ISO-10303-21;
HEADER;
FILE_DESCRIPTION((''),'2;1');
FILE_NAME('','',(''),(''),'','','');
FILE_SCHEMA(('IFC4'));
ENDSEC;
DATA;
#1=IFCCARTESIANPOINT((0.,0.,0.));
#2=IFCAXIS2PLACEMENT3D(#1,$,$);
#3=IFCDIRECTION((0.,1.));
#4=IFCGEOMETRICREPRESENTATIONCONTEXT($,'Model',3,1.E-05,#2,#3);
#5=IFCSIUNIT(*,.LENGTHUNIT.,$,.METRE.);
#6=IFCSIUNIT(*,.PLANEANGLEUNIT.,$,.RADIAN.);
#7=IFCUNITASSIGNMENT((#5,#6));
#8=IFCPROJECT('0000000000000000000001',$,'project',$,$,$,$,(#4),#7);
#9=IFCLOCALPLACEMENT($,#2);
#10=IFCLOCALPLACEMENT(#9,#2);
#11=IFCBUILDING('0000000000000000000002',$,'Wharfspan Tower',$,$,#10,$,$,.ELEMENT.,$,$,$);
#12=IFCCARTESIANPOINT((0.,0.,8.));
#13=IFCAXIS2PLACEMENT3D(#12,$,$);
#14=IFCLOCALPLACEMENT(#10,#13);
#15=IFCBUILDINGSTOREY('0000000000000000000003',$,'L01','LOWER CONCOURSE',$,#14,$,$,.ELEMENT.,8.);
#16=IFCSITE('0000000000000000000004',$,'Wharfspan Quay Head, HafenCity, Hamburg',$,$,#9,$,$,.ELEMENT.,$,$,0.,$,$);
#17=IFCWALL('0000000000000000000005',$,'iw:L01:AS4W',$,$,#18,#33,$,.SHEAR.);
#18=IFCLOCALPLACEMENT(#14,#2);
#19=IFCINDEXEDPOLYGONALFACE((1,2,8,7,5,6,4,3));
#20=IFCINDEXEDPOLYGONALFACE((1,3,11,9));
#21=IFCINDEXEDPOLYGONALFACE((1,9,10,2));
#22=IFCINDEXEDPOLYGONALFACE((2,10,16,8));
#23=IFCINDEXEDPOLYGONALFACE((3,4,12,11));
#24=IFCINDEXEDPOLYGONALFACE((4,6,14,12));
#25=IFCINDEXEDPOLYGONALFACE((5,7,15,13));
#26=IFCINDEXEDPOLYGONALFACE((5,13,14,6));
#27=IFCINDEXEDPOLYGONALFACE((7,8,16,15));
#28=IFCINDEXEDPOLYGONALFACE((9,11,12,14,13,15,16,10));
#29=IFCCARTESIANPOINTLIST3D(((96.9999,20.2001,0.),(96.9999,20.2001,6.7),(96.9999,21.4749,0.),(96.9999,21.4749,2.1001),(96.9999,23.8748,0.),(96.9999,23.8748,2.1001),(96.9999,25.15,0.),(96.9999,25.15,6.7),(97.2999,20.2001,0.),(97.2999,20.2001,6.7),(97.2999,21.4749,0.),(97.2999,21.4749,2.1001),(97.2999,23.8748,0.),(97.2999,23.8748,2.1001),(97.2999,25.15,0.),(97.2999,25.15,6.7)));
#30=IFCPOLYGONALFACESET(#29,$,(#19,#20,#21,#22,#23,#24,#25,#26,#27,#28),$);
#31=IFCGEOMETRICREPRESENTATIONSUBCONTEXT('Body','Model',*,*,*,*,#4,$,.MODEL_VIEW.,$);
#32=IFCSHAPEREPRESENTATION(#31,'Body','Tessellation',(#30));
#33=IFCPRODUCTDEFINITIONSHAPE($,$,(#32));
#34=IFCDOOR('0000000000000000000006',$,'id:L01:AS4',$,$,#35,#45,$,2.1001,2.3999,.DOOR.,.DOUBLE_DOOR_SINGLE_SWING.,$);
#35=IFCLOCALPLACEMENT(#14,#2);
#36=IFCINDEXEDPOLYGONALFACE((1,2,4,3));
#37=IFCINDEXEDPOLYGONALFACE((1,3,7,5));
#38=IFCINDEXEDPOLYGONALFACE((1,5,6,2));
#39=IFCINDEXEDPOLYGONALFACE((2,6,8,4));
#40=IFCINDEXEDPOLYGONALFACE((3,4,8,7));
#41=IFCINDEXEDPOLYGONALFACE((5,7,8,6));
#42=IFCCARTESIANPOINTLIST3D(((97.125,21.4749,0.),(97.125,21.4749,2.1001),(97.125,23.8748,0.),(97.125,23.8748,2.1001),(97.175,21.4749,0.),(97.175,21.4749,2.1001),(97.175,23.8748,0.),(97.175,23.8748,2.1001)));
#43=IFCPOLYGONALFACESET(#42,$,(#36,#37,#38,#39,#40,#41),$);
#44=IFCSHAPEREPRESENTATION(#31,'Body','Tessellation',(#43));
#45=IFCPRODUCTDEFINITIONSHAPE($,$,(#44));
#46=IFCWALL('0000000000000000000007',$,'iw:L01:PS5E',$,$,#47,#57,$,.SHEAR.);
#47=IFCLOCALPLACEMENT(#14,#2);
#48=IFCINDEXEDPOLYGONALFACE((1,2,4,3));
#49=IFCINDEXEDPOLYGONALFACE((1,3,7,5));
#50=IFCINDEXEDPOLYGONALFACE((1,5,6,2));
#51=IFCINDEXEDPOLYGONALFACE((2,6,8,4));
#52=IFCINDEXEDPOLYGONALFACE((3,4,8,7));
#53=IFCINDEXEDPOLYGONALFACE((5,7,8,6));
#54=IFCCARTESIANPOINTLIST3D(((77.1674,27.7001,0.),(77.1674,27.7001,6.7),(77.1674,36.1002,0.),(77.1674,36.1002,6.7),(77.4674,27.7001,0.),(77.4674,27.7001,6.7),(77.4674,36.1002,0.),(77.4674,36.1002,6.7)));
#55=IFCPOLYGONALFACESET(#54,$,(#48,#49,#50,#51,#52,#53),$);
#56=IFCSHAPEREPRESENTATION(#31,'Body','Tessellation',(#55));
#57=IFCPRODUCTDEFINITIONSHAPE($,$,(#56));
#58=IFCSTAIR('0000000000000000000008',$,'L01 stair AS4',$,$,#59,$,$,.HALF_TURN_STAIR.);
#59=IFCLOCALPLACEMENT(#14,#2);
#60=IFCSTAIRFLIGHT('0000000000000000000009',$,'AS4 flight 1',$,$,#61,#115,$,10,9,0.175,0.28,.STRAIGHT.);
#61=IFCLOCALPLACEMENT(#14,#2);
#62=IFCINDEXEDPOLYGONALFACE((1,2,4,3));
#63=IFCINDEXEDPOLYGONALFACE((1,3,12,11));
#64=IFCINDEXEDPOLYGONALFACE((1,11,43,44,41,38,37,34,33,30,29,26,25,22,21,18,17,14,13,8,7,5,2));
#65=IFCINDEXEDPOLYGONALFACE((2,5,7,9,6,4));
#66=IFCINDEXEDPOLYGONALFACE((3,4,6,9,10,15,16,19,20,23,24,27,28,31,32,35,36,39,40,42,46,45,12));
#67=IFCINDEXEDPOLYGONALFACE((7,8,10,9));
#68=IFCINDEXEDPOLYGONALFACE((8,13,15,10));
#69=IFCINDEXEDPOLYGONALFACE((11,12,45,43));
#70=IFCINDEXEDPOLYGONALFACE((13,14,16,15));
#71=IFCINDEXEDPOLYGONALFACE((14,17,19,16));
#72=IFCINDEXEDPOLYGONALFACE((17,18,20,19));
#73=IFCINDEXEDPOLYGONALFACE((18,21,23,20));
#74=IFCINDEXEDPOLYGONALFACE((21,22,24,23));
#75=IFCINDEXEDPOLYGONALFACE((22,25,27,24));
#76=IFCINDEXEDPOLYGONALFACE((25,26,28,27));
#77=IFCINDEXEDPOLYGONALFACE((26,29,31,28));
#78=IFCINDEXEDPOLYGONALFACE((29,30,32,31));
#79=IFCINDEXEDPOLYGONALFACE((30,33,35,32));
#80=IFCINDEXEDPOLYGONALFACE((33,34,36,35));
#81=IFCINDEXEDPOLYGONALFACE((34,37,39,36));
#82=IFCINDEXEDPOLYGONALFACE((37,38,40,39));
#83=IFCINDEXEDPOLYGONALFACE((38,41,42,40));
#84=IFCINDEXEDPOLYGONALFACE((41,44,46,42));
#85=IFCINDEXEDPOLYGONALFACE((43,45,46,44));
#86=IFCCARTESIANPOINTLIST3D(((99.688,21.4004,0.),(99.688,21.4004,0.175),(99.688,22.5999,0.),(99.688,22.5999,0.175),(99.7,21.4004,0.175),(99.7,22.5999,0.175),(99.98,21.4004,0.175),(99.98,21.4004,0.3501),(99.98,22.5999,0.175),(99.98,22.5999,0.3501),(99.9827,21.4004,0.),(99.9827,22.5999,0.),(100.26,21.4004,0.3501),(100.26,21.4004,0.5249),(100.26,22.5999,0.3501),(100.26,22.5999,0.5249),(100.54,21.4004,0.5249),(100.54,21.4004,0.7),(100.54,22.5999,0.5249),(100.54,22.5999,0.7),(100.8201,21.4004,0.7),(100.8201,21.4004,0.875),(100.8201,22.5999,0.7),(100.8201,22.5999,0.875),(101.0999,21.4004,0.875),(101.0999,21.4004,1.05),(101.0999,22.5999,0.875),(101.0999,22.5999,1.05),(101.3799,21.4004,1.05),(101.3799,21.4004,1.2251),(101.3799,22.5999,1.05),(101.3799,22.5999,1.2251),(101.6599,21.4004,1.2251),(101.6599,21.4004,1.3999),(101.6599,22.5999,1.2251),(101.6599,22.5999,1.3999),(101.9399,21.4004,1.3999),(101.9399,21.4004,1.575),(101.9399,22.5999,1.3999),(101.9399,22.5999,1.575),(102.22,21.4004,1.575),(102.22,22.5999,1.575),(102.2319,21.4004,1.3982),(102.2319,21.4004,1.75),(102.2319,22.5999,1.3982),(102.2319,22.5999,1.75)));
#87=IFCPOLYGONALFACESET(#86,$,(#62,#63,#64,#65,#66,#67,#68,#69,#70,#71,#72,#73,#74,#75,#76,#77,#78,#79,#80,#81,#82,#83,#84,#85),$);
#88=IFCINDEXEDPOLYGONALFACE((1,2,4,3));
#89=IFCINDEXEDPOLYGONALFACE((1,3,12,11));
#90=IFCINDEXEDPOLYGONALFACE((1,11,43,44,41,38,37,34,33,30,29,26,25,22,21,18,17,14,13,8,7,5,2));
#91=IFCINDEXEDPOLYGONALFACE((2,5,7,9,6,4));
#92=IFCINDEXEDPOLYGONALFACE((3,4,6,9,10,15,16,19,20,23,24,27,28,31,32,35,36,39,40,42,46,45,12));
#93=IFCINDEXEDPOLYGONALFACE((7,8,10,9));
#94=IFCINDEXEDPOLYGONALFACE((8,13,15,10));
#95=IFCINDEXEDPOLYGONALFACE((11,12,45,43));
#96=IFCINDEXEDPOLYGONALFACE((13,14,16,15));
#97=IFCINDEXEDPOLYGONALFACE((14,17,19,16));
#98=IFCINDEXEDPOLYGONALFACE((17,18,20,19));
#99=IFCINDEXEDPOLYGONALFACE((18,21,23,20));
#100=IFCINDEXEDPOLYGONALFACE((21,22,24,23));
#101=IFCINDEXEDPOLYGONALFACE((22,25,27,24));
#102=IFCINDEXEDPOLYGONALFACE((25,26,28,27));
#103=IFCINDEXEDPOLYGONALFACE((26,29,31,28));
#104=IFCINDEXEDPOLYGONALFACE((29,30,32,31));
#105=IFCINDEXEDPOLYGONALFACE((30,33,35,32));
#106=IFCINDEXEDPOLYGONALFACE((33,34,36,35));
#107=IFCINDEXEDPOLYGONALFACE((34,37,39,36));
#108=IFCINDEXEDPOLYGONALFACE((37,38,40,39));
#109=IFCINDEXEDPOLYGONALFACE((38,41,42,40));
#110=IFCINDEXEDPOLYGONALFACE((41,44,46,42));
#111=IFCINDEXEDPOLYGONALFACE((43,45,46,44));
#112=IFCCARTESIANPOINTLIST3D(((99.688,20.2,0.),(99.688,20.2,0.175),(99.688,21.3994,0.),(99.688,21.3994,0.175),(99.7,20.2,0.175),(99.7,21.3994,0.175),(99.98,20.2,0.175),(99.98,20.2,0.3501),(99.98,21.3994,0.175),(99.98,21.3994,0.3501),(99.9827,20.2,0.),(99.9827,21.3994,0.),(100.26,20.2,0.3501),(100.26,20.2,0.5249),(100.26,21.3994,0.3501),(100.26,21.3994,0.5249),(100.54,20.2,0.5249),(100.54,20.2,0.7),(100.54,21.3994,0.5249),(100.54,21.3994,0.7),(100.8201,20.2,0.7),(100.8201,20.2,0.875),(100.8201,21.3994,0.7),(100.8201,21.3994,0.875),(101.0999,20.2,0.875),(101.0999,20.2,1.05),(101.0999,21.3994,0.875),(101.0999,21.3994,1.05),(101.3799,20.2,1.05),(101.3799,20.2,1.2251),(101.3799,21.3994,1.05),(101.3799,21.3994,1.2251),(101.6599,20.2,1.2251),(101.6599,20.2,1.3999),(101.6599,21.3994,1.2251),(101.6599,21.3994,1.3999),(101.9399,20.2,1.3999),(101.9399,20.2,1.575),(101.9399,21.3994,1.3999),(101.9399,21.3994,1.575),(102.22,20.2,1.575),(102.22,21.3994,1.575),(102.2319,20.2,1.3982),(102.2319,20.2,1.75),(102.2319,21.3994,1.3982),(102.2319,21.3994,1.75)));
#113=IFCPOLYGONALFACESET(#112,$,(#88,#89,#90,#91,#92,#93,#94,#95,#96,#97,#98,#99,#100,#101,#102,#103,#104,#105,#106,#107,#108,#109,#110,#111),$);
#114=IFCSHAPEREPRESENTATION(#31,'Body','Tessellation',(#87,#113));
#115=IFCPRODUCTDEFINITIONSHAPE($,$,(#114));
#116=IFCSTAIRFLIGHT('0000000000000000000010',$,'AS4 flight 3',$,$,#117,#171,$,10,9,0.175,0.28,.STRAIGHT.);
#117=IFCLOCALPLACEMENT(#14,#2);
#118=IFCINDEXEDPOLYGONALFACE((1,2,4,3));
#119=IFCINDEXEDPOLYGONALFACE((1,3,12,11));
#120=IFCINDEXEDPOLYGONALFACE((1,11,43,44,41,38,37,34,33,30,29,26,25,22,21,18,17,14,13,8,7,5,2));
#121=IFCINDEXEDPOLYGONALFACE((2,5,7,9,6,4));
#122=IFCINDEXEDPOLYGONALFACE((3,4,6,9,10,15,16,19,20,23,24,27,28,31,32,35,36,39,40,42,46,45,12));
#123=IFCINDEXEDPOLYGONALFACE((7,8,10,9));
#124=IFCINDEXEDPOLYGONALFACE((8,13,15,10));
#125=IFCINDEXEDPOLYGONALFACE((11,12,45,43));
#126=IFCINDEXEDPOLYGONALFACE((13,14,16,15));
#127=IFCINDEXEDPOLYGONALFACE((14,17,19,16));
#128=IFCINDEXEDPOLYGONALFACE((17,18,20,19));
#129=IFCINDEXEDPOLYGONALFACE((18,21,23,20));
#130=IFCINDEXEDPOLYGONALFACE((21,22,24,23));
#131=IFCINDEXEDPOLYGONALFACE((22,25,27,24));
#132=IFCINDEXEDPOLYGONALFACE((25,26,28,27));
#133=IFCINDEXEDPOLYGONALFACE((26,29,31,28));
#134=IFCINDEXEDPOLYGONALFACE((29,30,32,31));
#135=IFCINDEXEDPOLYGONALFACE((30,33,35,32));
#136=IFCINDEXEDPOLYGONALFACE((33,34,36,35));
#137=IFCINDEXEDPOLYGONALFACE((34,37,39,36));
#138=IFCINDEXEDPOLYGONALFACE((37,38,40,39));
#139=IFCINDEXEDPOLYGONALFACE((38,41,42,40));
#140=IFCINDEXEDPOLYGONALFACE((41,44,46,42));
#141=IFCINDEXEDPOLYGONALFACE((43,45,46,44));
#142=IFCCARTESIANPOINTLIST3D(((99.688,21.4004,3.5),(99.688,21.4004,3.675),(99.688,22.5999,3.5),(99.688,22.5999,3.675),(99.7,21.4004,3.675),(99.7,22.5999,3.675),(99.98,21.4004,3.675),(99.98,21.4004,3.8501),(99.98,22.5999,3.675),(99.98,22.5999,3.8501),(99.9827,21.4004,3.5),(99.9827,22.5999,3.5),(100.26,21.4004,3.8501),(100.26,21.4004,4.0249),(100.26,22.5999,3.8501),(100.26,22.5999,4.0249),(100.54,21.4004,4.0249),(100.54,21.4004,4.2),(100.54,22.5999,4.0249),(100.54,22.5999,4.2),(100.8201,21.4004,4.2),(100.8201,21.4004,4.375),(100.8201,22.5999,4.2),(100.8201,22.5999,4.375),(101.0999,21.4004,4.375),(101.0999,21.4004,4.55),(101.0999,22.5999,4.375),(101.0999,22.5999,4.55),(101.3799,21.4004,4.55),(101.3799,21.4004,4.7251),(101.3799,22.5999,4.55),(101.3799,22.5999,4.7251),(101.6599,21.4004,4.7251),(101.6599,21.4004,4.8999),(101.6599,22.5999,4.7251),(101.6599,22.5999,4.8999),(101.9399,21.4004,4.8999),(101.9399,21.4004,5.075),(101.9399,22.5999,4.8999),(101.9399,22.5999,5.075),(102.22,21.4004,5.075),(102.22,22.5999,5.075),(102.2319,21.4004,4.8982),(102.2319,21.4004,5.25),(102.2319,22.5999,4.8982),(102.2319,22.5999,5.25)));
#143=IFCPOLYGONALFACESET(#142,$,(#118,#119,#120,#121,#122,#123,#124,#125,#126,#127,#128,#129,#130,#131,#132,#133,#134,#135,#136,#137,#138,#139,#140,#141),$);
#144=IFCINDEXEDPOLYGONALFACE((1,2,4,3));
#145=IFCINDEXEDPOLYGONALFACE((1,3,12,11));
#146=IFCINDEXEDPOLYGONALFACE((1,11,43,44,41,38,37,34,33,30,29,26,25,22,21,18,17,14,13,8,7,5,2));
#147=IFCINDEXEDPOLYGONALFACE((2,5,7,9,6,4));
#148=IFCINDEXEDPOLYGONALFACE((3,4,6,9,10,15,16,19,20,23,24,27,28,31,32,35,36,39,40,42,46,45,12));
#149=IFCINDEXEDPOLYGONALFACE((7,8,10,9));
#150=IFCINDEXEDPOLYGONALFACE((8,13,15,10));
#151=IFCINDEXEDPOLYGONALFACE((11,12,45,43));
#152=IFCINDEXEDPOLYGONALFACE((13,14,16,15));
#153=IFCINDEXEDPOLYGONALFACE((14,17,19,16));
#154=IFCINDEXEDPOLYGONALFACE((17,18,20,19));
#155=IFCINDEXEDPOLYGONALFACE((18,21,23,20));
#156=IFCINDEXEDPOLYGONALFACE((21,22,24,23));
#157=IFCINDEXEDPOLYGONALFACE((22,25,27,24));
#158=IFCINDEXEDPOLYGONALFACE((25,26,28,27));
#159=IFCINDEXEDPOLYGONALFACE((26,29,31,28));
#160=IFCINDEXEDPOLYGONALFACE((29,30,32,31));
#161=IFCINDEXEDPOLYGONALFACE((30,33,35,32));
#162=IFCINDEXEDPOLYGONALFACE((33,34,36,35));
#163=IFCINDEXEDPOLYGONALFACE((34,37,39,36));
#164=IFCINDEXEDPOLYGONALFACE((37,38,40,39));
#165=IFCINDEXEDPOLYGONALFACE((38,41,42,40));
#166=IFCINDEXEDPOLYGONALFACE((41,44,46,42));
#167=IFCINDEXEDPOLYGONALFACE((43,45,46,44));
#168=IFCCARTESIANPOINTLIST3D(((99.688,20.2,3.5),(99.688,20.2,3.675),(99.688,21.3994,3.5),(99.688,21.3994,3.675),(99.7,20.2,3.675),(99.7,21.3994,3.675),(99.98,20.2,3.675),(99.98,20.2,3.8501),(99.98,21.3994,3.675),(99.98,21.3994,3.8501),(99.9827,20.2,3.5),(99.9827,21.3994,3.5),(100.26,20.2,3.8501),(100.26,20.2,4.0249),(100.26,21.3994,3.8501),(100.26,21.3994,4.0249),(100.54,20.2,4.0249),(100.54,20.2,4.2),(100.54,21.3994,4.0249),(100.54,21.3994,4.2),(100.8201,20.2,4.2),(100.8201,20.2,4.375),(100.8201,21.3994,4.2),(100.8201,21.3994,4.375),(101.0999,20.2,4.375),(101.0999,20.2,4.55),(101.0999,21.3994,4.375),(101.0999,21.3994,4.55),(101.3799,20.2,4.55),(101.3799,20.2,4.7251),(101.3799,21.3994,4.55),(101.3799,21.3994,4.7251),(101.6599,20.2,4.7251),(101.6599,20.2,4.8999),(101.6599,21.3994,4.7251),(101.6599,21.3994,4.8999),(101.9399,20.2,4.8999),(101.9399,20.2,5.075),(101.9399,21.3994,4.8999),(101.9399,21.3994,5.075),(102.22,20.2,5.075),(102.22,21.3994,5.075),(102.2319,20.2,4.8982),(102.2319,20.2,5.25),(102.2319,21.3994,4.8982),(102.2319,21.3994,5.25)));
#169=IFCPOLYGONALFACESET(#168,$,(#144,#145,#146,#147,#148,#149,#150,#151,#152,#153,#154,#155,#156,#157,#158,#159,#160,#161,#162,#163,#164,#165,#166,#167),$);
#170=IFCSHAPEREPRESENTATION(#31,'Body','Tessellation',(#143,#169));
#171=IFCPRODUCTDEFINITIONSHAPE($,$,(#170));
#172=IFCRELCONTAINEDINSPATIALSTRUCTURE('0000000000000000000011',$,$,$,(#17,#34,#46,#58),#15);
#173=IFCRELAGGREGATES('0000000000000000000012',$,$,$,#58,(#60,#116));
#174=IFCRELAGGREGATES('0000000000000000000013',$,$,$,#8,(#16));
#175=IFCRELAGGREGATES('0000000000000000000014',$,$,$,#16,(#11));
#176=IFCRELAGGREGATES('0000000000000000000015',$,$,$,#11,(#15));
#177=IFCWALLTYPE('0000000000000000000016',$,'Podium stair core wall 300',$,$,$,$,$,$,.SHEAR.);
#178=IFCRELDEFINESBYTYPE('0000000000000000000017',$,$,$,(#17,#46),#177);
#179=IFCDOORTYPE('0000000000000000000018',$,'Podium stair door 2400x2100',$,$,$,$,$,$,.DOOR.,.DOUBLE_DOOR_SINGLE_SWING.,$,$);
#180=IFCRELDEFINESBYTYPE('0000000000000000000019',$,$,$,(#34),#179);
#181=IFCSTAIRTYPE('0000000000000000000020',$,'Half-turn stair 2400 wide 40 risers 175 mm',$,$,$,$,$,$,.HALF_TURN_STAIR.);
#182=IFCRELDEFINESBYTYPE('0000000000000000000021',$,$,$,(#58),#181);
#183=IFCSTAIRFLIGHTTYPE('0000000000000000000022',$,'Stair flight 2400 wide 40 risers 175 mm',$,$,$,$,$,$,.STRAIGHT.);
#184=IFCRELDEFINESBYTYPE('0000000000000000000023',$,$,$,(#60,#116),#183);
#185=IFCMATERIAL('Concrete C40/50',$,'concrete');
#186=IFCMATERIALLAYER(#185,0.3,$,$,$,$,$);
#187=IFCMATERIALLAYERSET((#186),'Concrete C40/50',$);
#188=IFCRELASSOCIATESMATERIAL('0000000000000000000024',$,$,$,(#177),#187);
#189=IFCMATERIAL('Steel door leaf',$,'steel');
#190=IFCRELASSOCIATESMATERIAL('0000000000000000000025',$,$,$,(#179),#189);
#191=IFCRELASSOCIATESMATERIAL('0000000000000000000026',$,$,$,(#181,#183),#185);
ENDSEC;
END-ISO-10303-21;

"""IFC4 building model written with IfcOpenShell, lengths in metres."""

from ifc_helpers import new_model, si_unit, direction, frame, frame_2d, origin, place, context, subcontext, project, spatial, polyline, rectangle, outline, extrude, material, layer, layer_set, type_object, element, fill, aggregate, save


model = new_model("IFC4")

# Units and contexts
model_context = context("Model", 3, precision=1e-05, world=origin(), true_north=direction((0.0, 1.0)))
body_context = subcontext(model_context, "Body", "Model", "MODEL_VIEW")
ifc_project = project(units=[si_unit("LENGTHUNIT", "METRE"), si_unit("PLANEANGLEUNIT", "RADIAN")], contexts=[model_context])

# Site, building, storey
site_placement = place(None, origin())
site = spatial("IfcSite", under=ifc_project, at=site_placement, Name="Wharfspan Quay Head, HafenCity, Hamburg", CompositionType="ELEMENT", RefElevation=0.0)
building_placement = place(site_placement, origin())
building = spatial("IfcBuilding", under=site, at=building_placement, Name="Wharfspan Tower", CompositionType="ELEMENT")
storey_placement = place(building_placement, frame((0.0, 0.0, 8.0)))
storey = spatial("IfcBuildingStorey", under=building, at=storey_placement, Name="L01", Description="LOWER CONCOURSE", CompositionType="ELEMENT", Elevation=8.0)

# Shared definitions
ifc_material_1 = material(Name="Concrete C40/50", Category="concrete")
ifc_layer = layer(ifc_material_1, 0.3)
ifc_layer_set = layer_set([ifc_layer], Name="Concrete C40/50")
wall_type = type_object("IfcWallType", Name="Podium stair core wall 300", PredefinedType="SHEAR", material=ifc_layer_set)

# Wall, opening, door
wall_1_placement = place(storey_placement, frame((97.1499, 20.2, 0.0), z_axis=(0.0, 0.0, 1.0), x_axis=(0.0, 1.0, 0.0)))
wall_1 = element("IfcWall", 1, at=wall_1_placement, inside=storey, type_object=wall_type, Name="iw:L01:AS4W", PredefinedType="SHEAR", context=body_context, shape_type="SweptSolid", body=[
    extrude(rectangle(XDim=4.95, YDim=0.3, at=frame_2d((2.4751, 0.0))), origin(), (0.0, 0.0, 1.0), 6.7),
])
opening_placement = place(wall_1_placement, frame((1.2749, 0.0, 0.0)))
opening = element("IfcOpeningElement", 2, at=opening_placement, cuts=wall_1, PredefinedType="OPENING", context=body_context, shape_type="SweptSolid", body=[
    extrude(rectangle(XDim=2.3999, YDim=2.1001, at=frame_2d((1.2, 1.05))), frame((0.0, 0.1599, 0.0), z_axis=(0.0, -1.0, 0.0), x_axis=(1.0, 0.0, 0.0)), (0.0, 0.0, 1.0), 0.3201),
])
ifc_material_2 = material(Name="Steel door leaf", Category="steel")
door_type = type_object("IfcDoorType", Name="Podium stair door 2400x2100", OperationType="DOUBLE_DOOR_SINGLE_SWING", PredefinedType="DOOR", material=ifc_material_2)
door_placement = place(opening_placement, origin())
door = element("IfcDoor", 3, at=door_placement, inside=storey, type_object=door_type, Name="id:L01:AS4", OperationType="DOUBLE_DOOR_SINGLE_SWING", OverallHeight=2.1001, OverallWidth=2.3999, PredefinedType="DOOR", context=body_context, shape_type="SweptSolid", body=[
    extrude(rectangle(XDim=2.3999, YDim=2.1001, at=frame_2d((1.2, 1.05))), frame((0.0, 0.0249, 0.0), z_axis=(0.0, -1.0, 0.0), x_axis=(1.0, 0.0, 0.0)), (0.0, 0.0, 1.0), 0.05),
])
fill(opening, door)

# Wall
wall_2_placement = place(storey_placement, frame((77.3174, 27.7, 0.0), z_axis=(0.0, 0.0, 1.0), x_axis=(0.0, 1.0, 0.0)))
element("IfcWall", 4, at=wall_2_placement, inside=storey, type_object=wall_type, Name="iw:L01:PS5E", PredefinedType="SHEAR", context=body_context, shape_type="SweptSolid", body=[
    extrude(rectangle(XDim=8.4001, YDim=0.3, at=frame_2d((4.2002, 0.0))), origin(), (0.0, 0.0, 1.0), 6.7),
])

# Stair, stair flights
stair_type = type_object("IfcStairType", Name="Half-turn stair 2400 wide 40 risers 175 mm", PredefinedType="HALF_TURN_STAIR", material=ifc_material_1)
stair_1_placement = place(storey_placement, origin())
stair_1 = element("IfcStair", 5, at=stair_1_placement, inside=storey, type_object=stair_type, Name="L01 stair AS4", PredefinedType="HALF_TURN_STAIR")
stair_flight_type = type_object("IfcStairFlightType", Name="Stair flight 2400 wide 40 risers 175 mm", PredefinedType="STRAIGHT", material=ifc_material_1)
stair_flight_1_placement = place(storey_placement, frame((99.7, 21.3999, 0.0), z_axis=(0.0, 0.0, 1.0), x_axis=(1.0, 0.0, 0.0)))
stair_flight_1 = element("IfcStairFlight", 6, at=stair_flight_1_placement, type_object=stair_flight_type, Name="AS4 flight 1", NumberOfRisers=10, NumberOfTreads=9, PredefinedType="STRAIGHT", RiserHeight=0.175, TreadLength=0.28, context=body_context, shape_type="SweptSolid", body=[
    extrude(outline(polyline([(-0.012, 0.0), (-0.012, 0.175), (0.0, 0.175), (0.28, 0.175), (0.28, 0.3501), (0.5601, 0.3501), (0.5601, 0.5249), (0.8401, 0.5249), (0.8401, 0.7), (1.1201, 0.7), (1.1201, 0.875), (1.3999, 0.875), (1.3999, 1.05), (1.6799, 1.05), (1.6799, 1.2251), (1.96, 1.2251), (1.96, 1.3999), (2.24, 1.3999), (2.24, 1.575), (2.52, 1.575), (2.532, 1.75), (2.532, 1.3982), (0.2827, 0.0), (-0.012, 0.0)])), frame((0.0, 1.2, 0.0), z_axis=(0.0, -1.0, 0.0), x_axis=(1.0, 0.0, 0.0)), (0.0, 0.0, 1.0), 1.1995),
    extrude(outline(polyline([(-0.012, 0.0), (-0.012, 0.175), (0.0, 0.175), (0.28, 0.175), (0.28, 0.3501), (0.5601, 0.3501), (0.5601, 0.5249), (0.8401, 0.5249), (0.8401, 0.7), (1.1201, 0.7), (1.1201, 0.875), (1.3999, 0.875), (1.3999, 1.05), (1.6799, 1.05), (1.6799, 1.2251), (1.96, 1.2251), (1.96, 1.3999), (2.24, 1.3999), (2.24, 1.575), (2.52, 1.575), (2.532, 1.75), (2.532, 1.3982), (0.2827, 0.0), (-0.012, 0.0)])), frame((0.0, -0.0005, 0.0), z_axis=(0.0, -1.0, 0.0), x_axis=(1.0, 0.0, 0.0)), (0.0, 0.0, 1.0), 1.1995),
])
stair_flight_2_placement = place(storey_placement, frame((99.7, 21.3999, 3.5), z_axis=(0.0, 0.0, 1.0), x_axis=(1.0, 0.0, 0.0)))
stair_flight_2 = element("IfcStairFlight", 7, at=stair_flight_2_placement, type_object=stair_flight_type, Name="AS4 flight 3", NumberOfRisers=10, NumberOfTreads=9, PredefinedType="STRAIGHT", RiserHeight=0.175, TreadLength=0.28, context=body_context, shape_type="SweptSolid", body=[
    extrude(outline(polyline([(-0.012, 0.0), (-0.012, 0.175), (0.0, 0.175), (0.28, 0.175), (0.28, 0.3501), (0.5601, 0.3501), (0.5601, 0.5249), (0.8401, 0.5249), (0.8401, 0.7), (1.1201, 0.7), (1.1201, 0.875), (1.3999, 0.875), (1.3999, 1.05), (1.6799, 1.05), (1.6799, 1.2251), (1.96, 1.2251), (1.96, 1.3999), (2.24, 1.3999), (2.24, 1.575), (2.52, 1.575), (2.532, 1.75), (2.532, 1.3982), (0.2827, 0.0), (-0.012, 0.0)])), frame((0.0, 1.2, 0.0), z_axis=(0.0, -1.0, 0.0), x_axis=(1.0, 0.0, 0.0)), (0.0, 0.0, 1.0), 1.1995),
    extrude(outline(polyline([(-0.012, 0.0), (-0.012, 0.175), (0.0, 0.175), (0.28, 0.175), (0.28, 0.3501), (0.5601, 0.3501), (0.5601, 0.5249), (0.8401, 0.5249), (0.8401, 0.7), (1.1201, 0.7), (1.1201, 0.875), (1.3999, 0.875), (1.3999, 1.05), (1.6799, 1.05), (1.6799, 1.2251), (1.96, 1.2251), (1.96, 1.3999), (2.24, 1.3999), (2.24, 1.575), (2.52, 1.575), (2.532, 1.75), (2.532, 1.3982), (0.2827, 0.0), (-0.012, 0.0)])), frame((0.0, -0.0005, 0.0), z_axis=(0.0, -1.0, 0.0), x_axis=(1.0, 0.0, 0.0)), (0.0, 0.0, 1.0), 1.1995),
])
aggregate(stair_1, [stair_flight_1, stair_flight_2])

save(model, "model.ifc")
